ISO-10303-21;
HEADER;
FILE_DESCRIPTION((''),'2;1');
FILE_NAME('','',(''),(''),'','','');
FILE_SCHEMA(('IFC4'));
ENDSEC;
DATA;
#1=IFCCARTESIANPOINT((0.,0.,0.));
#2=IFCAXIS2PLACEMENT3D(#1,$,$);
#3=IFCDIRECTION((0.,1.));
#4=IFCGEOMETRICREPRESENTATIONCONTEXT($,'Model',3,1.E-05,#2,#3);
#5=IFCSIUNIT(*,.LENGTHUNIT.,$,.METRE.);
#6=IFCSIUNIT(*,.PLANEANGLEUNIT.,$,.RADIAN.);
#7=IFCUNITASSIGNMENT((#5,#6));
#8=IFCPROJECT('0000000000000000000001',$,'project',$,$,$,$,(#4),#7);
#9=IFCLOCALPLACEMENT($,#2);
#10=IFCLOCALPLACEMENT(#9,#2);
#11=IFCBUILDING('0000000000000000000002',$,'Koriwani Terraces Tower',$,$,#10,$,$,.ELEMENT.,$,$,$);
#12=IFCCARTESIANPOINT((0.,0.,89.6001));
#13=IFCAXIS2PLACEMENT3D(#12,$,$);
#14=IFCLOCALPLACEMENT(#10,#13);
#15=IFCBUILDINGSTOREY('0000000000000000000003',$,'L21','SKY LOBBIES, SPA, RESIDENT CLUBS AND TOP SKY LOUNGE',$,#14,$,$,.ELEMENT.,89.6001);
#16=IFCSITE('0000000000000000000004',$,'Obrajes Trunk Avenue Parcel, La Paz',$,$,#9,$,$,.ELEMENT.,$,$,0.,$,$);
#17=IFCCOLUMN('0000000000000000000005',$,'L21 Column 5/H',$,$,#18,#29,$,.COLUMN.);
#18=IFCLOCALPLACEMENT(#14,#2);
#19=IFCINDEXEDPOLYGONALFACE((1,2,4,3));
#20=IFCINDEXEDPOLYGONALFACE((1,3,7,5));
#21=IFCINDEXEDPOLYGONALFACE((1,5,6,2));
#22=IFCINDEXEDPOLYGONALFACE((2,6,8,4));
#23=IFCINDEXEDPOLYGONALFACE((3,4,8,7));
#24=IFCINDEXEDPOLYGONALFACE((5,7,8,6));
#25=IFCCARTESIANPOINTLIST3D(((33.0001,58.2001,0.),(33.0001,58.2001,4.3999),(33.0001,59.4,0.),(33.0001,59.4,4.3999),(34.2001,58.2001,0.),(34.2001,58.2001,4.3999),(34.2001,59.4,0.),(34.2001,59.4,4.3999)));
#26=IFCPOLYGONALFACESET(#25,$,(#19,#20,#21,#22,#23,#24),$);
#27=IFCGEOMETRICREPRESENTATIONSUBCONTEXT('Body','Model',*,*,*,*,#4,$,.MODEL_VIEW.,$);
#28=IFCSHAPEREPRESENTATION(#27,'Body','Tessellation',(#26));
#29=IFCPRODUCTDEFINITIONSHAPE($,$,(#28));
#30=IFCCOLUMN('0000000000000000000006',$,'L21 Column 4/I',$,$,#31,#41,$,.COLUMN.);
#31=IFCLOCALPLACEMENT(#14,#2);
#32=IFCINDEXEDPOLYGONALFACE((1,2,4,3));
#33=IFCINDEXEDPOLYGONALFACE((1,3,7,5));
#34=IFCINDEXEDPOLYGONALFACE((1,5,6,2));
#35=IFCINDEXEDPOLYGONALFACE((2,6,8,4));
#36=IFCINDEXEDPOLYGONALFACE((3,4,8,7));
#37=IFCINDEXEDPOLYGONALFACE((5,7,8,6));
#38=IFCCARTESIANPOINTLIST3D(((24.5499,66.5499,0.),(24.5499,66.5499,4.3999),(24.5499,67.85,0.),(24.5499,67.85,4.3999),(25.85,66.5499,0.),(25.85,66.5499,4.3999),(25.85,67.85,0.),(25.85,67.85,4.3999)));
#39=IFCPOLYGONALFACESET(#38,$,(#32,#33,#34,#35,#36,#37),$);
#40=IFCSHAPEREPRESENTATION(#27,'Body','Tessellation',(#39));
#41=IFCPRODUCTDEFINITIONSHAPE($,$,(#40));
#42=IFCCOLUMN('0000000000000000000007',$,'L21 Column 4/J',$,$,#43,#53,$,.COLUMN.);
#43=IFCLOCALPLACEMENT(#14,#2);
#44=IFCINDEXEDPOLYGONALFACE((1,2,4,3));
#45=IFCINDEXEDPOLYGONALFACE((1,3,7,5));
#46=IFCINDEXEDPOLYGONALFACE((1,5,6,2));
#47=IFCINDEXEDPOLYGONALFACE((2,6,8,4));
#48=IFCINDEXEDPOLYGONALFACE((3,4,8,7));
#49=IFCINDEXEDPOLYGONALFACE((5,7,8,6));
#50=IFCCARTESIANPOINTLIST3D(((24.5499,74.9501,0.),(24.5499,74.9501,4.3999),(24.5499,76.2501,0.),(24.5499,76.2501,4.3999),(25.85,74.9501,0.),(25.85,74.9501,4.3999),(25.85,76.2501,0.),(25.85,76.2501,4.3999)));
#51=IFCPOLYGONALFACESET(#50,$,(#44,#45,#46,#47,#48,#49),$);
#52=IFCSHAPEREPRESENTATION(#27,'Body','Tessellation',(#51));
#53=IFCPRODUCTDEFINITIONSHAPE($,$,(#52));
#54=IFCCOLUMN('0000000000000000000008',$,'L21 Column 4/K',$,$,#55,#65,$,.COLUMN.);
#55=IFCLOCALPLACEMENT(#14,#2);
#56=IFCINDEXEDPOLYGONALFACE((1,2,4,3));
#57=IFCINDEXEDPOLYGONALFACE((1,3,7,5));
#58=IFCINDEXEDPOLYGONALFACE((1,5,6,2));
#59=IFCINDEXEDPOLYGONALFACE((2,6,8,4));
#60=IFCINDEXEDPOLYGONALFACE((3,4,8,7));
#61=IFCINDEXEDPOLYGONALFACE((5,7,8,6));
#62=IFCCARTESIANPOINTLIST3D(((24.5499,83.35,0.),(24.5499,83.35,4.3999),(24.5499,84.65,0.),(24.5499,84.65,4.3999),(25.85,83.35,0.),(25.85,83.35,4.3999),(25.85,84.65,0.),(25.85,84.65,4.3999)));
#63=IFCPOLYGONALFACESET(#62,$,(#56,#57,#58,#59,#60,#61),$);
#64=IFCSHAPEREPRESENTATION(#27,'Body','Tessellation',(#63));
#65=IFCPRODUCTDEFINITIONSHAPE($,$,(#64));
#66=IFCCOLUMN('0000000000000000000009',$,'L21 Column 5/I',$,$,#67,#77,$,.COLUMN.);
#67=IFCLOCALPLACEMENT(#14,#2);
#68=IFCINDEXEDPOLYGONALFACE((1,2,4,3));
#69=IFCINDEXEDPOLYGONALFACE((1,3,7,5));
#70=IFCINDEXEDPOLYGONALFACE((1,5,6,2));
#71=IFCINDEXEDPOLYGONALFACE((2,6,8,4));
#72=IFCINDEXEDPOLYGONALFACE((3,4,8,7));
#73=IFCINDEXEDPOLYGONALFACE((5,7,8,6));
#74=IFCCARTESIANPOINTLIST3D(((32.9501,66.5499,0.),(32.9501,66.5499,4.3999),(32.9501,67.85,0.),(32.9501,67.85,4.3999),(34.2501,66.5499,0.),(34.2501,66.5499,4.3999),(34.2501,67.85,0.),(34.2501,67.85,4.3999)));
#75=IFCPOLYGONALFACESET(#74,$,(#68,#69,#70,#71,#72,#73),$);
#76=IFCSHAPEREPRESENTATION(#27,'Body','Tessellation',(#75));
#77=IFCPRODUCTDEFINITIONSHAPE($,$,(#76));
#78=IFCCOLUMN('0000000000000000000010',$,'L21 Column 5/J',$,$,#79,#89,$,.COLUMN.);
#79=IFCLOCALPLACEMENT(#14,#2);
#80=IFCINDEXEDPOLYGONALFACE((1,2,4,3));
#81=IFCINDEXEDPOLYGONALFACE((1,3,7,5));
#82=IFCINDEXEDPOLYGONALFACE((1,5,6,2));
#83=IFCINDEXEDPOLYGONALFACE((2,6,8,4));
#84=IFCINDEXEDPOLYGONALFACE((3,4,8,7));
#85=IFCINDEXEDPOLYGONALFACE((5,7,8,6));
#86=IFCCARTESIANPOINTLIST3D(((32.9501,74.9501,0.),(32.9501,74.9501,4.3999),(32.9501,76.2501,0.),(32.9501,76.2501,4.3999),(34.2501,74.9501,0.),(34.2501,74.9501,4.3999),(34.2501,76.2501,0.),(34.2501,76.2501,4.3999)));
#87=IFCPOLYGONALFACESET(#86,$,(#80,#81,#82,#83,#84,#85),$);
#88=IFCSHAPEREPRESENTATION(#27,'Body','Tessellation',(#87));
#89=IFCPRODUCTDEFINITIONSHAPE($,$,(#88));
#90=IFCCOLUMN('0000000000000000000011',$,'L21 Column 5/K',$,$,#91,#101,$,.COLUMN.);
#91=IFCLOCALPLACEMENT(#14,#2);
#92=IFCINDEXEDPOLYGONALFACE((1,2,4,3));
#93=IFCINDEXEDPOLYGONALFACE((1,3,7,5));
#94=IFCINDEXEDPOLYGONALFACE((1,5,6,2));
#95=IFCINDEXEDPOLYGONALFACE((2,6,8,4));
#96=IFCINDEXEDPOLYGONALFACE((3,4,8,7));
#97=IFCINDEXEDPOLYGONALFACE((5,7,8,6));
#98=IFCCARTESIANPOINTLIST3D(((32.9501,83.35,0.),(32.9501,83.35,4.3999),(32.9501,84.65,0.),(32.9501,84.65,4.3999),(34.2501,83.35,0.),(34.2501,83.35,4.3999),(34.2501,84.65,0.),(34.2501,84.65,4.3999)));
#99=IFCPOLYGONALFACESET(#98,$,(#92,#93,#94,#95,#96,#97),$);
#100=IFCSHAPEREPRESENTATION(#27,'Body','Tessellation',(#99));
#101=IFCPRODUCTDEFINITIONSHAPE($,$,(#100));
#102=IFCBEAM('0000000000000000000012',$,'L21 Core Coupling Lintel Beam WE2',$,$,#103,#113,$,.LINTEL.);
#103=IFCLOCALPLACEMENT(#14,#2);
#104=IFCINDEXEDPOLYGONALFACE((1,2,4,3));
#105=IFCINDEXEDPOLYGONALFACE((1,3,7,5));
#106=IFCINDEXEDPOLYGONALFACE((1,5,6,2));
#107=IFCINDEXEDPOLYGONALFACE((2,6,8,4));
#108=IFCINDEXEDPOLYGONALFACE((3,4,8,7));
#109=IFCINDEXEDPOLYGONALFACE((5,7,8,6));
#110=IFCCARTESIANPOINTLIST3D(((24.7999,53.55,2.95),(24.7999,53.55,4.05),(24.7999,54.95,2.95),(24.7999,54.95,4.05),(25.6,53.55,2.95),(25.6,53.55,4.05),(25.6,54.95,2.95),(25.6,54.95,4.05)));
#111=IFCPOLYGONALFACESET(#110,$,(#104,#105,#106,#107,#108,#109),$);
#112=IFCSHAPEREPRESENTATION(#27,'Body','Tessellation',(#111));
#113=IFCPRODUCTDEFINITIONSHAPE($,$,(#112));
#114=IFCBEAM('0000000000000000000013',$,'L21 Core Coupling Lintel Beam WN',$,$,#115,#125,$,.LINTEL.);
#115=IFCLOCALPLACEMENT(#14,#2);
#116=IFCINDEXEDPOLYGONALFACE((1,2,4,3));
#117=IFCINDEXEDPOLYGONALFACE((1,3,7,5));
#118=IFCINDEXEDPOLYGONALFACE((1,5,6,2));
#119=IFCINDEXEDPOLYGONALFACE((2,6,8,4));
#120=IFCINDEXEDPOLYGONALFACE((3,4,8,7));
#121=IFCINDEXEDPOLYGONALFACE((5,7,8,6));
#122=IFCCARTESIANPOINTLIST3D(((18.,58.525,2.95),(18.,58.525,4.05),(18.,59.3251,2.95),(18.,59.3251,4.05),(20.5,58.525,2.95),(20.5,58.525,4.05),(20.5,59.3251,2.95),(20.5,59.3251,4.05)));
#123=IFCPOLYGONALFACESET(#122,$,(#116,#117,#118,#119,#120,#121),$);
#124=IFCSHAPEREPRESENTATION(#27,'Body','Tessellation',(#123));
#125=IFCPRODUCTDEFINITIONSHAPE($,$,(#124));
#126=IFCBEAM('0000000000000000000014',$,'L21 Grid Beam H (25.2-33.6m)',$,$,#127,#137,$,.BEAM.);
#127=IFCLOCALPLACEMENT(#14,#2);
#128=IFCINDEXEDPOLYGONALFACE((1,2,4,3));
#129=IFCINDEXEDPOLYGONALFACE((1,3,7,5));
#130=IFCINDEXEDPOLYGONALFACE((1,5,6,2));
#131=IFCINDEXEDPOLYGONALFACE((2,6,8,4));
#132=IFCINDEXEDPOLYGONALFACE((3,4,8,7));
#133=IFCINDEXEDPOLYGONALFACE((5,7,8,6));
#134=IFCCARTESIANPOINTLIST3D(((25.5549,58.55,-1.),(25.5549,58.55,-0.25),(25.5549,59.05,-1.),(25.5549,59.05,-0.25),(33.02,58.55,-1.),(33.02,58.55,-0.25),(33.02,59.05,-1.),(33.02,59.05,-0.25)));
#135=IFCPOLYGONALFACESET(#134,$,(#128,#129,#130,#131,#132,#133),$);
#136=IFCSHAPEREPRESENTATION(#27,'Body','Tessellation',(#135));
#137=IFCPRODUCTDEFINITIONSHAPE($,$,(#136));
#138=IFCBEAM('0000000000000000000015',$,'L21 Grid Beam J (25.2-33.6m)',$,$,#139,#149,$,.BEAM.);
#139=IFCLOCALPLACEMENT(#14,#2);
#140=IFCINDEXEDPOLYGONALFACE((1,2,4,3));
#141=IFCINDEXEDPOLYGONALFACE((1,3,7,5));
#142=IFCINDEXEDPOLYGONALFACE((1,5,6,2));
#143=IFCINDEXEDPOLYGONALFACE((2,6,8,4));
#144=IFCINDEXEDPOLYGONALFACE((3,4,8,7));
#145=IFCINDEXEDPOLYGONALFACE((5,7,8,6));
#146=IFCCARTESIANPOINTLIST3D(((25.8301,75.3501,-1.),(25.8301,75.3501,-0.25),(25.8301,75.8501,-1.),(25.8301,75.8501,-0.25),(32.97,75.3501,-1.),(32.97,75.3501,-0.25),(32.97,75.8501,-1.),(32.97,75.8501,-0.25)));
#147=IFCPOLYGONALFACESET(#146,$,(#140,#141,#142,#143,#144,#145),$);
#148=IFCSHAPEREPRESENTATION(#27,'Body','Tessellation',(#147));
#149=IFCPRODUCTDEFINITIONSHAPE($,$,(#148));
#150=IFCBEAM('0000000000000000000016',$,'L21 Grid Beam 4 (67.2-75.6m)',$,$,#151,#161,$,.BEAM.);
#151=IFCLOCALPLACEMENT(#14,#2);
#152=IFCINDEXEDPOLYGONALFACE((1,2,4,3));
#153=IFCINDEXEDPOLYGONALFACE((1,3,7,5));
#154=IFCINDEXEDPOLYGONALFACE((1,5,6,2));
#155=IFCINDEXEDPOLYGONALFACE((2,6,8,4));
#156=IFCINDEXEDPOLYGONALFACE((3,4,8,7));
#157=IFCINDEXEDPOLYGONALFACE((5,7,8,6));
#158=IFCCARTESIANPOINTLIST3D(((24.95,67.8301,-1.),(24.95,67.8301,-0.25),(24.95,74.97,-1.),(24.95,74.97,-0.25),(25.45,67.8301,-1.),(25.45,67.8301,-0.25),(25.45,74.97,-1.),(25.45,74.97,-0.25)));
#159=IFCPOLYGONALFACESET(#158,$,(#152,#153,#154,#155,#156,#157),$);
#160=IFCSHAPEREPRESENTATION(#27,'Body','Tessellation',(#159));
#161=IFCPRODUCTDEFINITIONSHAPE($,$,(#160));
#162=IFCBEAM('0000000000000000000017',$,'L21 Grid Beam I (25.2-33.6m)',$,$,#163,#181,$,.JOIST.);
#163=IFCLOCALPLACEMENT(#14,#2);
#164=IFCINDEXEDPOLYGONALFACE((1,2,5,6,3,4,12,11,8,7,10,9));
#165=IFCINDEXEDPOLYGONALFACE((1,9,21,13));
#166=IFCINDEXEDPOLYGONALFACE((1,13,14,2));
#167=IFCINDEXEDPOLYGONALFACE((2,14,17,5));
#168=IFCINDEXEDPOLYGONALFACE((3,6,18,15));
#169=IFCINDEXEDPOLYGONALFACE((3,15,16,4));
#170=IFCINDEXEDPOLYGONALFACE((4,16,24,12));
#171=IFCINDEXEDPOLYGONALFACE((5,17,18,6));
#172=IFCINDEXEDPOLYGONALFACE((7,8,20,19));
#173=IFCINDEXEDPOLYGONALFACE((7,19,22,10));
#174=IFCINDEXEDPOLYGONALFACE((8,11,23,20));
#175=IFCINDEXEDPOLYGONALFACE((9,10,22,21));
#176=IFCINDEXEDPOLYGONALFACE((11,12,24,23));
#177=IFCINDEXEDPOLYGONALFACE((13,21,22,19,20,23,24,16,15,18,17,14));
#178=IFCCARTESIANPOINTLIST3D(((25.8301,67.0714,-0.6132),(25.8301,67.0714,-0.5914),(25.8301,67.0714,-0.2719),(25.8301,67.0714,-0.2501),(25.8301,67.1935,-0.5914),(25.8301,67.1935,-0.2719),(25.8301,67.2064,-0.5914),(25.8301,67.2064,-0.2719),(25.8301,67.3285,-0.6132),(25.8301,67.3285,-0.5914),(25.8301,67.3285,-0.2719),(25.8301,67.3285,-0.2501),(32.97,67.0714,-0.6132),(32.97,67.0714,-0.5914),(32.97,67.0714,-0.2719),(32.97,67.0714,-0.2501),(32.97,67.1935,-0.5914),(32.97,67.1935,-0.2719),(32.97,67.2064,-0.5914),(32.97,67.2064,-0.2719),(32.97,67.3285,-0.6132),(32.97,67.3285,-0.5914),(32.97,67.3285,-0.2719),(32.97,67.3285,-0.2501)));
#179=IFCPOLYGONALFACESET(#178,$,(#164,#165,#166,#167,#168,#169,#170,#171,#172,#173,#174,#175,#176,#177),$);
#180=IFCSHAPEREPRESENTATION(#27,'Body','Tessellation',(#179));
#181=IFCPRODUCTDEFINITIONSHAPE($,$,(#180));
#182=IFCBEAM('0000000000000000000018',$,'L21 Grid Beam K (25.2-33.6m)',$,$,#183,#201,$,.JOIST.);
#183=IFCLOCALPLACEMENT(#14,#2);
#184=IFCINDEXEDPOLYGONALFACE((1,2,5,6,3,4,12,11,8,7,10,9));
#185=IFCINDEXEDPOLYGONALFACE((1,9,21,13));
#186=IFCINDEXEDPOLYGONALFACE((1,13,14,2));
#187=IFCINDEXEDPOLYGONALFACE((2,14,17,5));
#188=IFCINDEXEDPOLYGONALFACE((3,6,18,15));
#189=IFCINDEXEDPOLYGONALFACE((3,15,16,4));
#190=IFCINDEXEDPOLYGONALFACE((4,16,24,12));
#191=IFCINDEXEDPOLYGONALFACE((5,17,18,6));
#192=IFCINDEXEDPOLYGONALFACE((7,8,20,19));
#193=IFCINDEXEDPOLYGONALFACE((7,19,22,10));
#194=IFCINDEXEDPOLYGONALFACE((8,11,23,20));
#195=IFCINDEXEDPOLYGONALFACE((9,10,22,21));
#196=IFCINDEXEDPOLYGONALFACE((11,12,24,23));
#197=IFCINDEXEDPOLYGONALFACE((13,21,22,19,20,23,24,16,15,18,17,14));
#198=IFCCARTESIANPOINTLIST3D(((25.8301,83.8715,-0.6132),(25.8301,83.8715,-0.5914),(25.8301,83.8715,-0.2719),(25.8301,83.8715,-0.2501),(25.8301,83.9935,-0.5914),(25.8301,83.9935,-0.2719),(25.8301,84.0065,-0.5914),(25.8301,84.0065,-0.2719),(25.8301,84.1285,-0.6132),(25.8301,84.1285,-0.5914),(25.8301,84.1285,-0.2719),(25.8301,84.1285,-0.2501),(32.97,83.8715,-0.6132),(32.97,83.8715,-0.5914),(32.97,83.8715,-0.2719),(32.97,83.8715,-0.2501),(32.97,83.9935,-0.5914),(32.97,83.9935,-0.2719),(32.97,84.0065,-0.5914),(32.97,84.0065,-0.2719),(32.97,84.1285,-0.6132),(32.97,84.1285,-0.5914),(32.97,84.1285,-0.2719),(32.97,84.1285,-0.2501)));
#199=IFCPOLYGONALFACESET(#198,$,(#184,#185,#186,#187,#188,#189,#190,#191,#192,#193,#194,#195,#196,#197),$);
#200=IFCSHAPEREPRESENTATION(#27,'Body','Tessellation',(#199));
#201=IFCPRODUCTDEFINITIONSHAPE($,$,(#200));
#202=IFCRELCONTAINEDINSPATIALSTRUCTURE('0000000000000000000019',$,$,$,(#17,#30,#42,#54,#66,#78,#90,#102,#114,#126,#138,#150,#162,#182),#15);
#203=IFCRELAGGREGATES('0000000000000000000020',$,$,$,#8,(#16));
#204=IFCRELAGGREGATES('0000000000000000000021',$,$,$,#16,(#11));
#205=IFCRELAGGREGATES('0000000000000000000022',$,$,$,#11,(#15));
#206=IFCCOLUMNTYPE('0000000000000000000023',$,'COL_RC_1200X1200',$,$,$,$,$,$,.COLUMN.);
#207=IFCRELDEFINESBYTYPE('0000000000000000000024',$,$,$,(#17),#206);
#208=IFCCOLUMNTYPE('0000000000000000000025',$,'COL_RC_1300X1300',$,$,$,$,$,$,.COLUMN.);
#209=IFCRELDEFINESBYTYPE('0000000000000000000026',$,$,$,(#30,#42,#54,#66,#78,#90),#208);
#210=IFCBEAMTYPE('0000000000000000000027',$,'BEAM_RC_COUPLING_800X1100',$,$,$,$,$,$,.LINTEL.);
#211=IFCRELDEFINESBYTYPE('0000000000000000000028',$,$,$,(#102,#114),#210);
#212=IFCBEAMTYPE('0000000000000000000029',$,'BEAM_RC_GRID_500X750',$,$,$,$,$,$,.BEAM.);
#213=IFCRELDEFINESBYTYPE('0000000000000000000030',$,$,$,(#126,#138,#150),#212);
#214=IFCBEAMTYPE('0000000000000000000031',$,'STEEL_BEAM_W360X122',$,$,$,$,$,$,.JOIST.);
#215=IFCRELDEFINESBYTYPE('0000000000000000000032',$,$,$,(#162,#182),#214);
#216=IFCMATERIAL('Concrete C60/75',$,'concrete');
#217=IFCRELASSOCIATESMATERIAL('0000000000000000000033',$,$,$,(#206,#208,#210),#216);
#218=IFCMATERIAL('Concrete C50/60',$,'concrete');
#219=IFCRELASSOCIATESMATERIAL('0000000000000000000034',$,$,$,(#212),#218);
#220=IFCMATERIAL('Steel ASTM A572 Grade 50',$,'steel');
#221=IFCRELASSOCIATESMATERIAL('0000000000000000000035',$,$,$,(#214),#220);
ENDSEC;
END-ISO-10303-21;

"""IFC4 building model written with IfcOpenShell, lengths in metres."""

from ifc_helpers import new_model, si_unit, direction, frame, origin, origin_2d, place, context, subcontext, project, spatial, rectangle, i_section, extrude, material, material_profile, profile_set, type_object, element, save


model = new_model("IFC4")

# Units and contexts
model_context = context("Model", 3, precision=1e-05, world=origin(), true_north=direction((0.0, 1.0)))
body_context = subcontext(model_context, "Body", "Model", "MODEL_VIEW")
ifc_project = project(units=[si_unit("LENGTHUNIT", "METRE"), si_unit("PLANEANGLEUNIT", "RADIAN")], contexts=[model_context])

# Site, building, storey
site_placement = place(None, origin())
site = spatial("IfcSite", under=ifc_project, at=site_placement, Name="Obrajes Trunk Avenue Parcel, La Paz", CompositionType="ELEMENT", RefElevation=0.0)
building_placement = place(site_placement, origin())
building = spatial("IfcBuilding", under=site, at=building_placement, Name="Koriwani Terraces Tower", CompositionType="ELEMENT")
storey_placement = place(building_placement, frame((0.0, 0.0, 89.6001)))
storey = spatial("IfcBuildingStorey", under=building, at=storey_placement, Name="L21", Description="SKY LOBBIES, SPA, RESIDENT CLUBS AND TOP SKY LOUNGE", CompositionType="ELEMENT", Elevation=89.6001)

# Columns
ifc_material_1 = material(Name="Concrete C60/75", Category="concrete")
ifc_material_profile_1 = material_profile(ifc_material_1, rectangle(XDim=1.2, YDim=1.2, at=origin_2d()), Name="Concrete C60/75", Category="LoadBearing")
ifc_profile_set_1 = profile_set([ifc_material_profile_1], Name="Concrete C60/75")
column_type_1 = type_object("IfcColumnType", Name="COL_RC_1200X1200", PredefinedType="COLUMN", material=ifc_profile_set_1)
column_placement = place(storey_placement, frame((33.6001, 58.8, 0.0), z_axis=(0.0, 0.0, 1.0), x_axis=(1.0, 0.0, 0.0)))
element("IfcColumn", 1, at=column_placement, inside=storey, type_object=column_type_1, Name="L21 Column 5/H", PredefinedType="COLUMN", context=body_context, shape_type="SweptSolid", body=[
    extrude(rectangle(XDim=1.2, YDim=1.2, at=origin_2d()), origin(), (0.0, 0.0, 1.0), 4.3999),
])
ifc_material_profile_2 = material_profile(ifc_material_1, rectangle(XDim=1.3, YDim=1.3, at=origin_2d()), Name="Concrete C60/75", Category="LoadBearing")
ifc_profile_set_2 = profile_set([ifc_material_profile_2], Name="Concrete C60/75")
column_type_2 = type_object("IfcColumnType", Name="COL_RC_1300X1300", PredefinedType="COLUMN", material=ifc_profile_set_2)
for number, where, z_axis, x_axis, name in (
    (2, (25.2, 67.2, 0.0), (0.0, 0.0, 1.0), (1.0, 0.0, 0.0), "L21 Column 4/I"),
    (3, (25.2, 75.6001, 0.0), (0.0, 0.0, 1.0), (1.0, 0.0, 0.0), "L21 Column 4/J"),
    (4, (25.2, 84.0, 0.0), (0.0, 0.0, 1.0), (1.0, 0.0, 0.0), "L21 Column 4/K"),
    (5, (33.6001, 67.2, 0.0), (0.0, 0.0, 1.0), (1.0, 0.0, 0.0), "L21 Column 5/I"),
    (6, (33.6001, 75.6001, 0.0), (0.0, 0.0, 1.0), (1.0, 0.0, 0.0), "L21 Column 5/J"),
    (7, (33.6001, 84.0, 0.0), (0.0, 0.0, 1.0), (1.0, 0.0, 0.0), "L21 Column 5/K"),
):
    element("IfcColumn", number, at=place(storey_placement, frame(where, z_axis=z_axis, x_axis=x_axis)), inside=storey, type_object=column_type_2, Name=name, PredefinedType="COLUMN", context=body_context, shape_type="SweptSolid", body=[
        extrude(rectangle(XDim=1.3, YDim=1.3, at=origin_2d()), origin(), (0.0, 0.0, 1.0), 4.3999),
    ])

# Beams
ifc_material_profile_3 = material_profile(ifc_material_1, rectangle(XDim=0.8, YDim=1.1001, at=origin_2d()), Name="Concrete C60/75", Category="LoadBearing")
ifc_profile_set_3 = profile_set([ifc_material_profile_3], Name="Concrete C60/75")
beam_type_1 = type_object("IfcBeamType", Name="BEAM_RC_COUPLING_800X1100", PredefinedType="LINTEL", material=ifc_profile_set_3)
beam_1_placement = place(storey_placement, frame((25.2, 53.55, 3.5), z_axis=(0.0, 1.0, 0.0), x_axis=(-1.0, 0.0, 0.0)))
element("IfcBeam", 8, at=beam_1_placement, inside=storey, type_object=beam_type_1, Name="L21 Core Coupling Lintel Beam WE2", PredefinedType="LINTEL", context=body_context, shape_type="SweptSolid", body=[
    extrude(rectangle(XDim=0.8, YDim=1.1001, at=origin_2d()), origin(), (0.0, 0.0, 1.0), 1.3999),
])
beam_2_placement = place(storey_placement, frame((18.0, 58.925, 3.5), z_axis=(1.0, 0.0, 0.0), x_axis=(0.0, 1.0, 0.0)))
element("IfcBeam", 9, at=beam_2_placement, inside=storey, type_object=beam_type_1, Name="L21 Core Coupling Lintel Beam WN", PredefinedType="LINTEL", context=body_context, shape_type="SweptSolid", body=[
    extrude(rectangle(XDim=0.8, YDim=1.1001, at=origin_2d()), origin(), (0.0, 0.0, 1.0), 2.5),
])
ifc_material_2 = material(Name="Concrete C50/60", Category="concrete")
ifc_material_profile_4 = material_profile(ifc_material_2, rectangle(XDim=0.5, YDim=0.75, at=origin_2d()), Name="Concrete C50/60", Category="LoadBearing")
ifc_profile_set_4 = profile_set([ifc_material_profile_4], Name="Concrete C50/60")
beam_type_2 = type_object("IfcBeamType", Name="BEAM_RC_GRID_500X750", PredefinedType="BEAM", material=ifc_profile_set_4)
beam_3_placement = place(storey_placement, frame((25.5549, 58.8, -0.625), z_axis=(1.0, 0.0, 0.0), x_axis=(0.0, 1.0, 0.0)))
element("IfcBeam", 10, at=beam_3_placement, inside=storey, type_object=beam_type_2, Name="L21 Grid Beam H (25.2-33.6m)", PredefinedType="BEAM", context=body_context, shape_type="SweptSolid", body=[
    extrude(rectangle(XDim=0.5, YDim=0.75, at=origin_2d()), origin(), (0.0, 0.0, 1.0), 7.4651),
])
for number, where, z_axis, x_axis, name in (
    (11, (25.8301, 75.6001, -0.625), (1.0, 0.0, 0.0), (0.0, 1.0, 0.0), "L21 Grid Beam J (25.2-33.6m)"),
    (12, (25.2, 67.8301, -0.625), (0.0, 1.0, 0.0), (-1.0, 0.0, 0.0), "L21 Grid Beam 4 (67.2-75.6m)"),
):
    element("IfcBeam", number, at=place(storey_placement, frame(where, z_axis=z_axis, x_axis=x_axis)), inside=storey, type_object=beam_type_2, Name=name, PredefinedType="BEAM", context=body_context, shape_type="SweptSolid", body=[
        extrude(rectangle(XDim=0.5, YDim=0.75, at=origin_2d()), origin(), (0.0, 0.0, 1.0), 7.1399),
    ])
ifc_material_3 = material(Name="Steel ASTM A572 Grade 50", Category="steel")
ifc_material_profile_5 = material_profile(ifc_material_3, i_section(OverallWidth=0.2571, OverallDepth=0.363, WebThickness=0.0129, FlangeThickness=0.0217, at=origin_2d()), Name="Steel ASTM A572 Grade 50", Category="LoadBearing")
ifc_profile_set_5 = profile_set([ifc_material_profile_5], Name="Steel ASTM A572 Grade 50")
beam_type_3 = type_object("IfcBeamType", Name="STEEL_BEAM_W360X122", PredefinedType="JOIST", material=ifc_profile_set_5)
for number, where, z_axis, x_axis, name in (
    (13, (25.8301, 67.2, -0.4316), (1.0, 0.0, 0.0), (0.0, 1.0, 0.0), "L21 Grid Beam I (25.2-33.6m)"),
    (14, (25.8301, 84.0, -0.4316), (1.0, 0.0, 0.0), (0.0, 1.0, 0.0), "L21 Grid Beam K (25.2-33.6m)"),
):
    element("IfcBeam", number, at=place(storey_placement, frame(where, z_axis=z_axis, x_axis=x_axis)), inside=storey, type_object=beam_type_3, Name=name, PredefinedType="JOIST", context=body_context, shape_type="SweptSolid", body=[
        extrude(i_section(OverallWidth=0.2571, OverallDepth=0.363, WebThickness=0.0129, FlangeThickness=0.0217, at=origin_2d()), origin(), (0.0, 0.0, 1.0), 7.1399),
    ])

save(model, "model.ifc")
